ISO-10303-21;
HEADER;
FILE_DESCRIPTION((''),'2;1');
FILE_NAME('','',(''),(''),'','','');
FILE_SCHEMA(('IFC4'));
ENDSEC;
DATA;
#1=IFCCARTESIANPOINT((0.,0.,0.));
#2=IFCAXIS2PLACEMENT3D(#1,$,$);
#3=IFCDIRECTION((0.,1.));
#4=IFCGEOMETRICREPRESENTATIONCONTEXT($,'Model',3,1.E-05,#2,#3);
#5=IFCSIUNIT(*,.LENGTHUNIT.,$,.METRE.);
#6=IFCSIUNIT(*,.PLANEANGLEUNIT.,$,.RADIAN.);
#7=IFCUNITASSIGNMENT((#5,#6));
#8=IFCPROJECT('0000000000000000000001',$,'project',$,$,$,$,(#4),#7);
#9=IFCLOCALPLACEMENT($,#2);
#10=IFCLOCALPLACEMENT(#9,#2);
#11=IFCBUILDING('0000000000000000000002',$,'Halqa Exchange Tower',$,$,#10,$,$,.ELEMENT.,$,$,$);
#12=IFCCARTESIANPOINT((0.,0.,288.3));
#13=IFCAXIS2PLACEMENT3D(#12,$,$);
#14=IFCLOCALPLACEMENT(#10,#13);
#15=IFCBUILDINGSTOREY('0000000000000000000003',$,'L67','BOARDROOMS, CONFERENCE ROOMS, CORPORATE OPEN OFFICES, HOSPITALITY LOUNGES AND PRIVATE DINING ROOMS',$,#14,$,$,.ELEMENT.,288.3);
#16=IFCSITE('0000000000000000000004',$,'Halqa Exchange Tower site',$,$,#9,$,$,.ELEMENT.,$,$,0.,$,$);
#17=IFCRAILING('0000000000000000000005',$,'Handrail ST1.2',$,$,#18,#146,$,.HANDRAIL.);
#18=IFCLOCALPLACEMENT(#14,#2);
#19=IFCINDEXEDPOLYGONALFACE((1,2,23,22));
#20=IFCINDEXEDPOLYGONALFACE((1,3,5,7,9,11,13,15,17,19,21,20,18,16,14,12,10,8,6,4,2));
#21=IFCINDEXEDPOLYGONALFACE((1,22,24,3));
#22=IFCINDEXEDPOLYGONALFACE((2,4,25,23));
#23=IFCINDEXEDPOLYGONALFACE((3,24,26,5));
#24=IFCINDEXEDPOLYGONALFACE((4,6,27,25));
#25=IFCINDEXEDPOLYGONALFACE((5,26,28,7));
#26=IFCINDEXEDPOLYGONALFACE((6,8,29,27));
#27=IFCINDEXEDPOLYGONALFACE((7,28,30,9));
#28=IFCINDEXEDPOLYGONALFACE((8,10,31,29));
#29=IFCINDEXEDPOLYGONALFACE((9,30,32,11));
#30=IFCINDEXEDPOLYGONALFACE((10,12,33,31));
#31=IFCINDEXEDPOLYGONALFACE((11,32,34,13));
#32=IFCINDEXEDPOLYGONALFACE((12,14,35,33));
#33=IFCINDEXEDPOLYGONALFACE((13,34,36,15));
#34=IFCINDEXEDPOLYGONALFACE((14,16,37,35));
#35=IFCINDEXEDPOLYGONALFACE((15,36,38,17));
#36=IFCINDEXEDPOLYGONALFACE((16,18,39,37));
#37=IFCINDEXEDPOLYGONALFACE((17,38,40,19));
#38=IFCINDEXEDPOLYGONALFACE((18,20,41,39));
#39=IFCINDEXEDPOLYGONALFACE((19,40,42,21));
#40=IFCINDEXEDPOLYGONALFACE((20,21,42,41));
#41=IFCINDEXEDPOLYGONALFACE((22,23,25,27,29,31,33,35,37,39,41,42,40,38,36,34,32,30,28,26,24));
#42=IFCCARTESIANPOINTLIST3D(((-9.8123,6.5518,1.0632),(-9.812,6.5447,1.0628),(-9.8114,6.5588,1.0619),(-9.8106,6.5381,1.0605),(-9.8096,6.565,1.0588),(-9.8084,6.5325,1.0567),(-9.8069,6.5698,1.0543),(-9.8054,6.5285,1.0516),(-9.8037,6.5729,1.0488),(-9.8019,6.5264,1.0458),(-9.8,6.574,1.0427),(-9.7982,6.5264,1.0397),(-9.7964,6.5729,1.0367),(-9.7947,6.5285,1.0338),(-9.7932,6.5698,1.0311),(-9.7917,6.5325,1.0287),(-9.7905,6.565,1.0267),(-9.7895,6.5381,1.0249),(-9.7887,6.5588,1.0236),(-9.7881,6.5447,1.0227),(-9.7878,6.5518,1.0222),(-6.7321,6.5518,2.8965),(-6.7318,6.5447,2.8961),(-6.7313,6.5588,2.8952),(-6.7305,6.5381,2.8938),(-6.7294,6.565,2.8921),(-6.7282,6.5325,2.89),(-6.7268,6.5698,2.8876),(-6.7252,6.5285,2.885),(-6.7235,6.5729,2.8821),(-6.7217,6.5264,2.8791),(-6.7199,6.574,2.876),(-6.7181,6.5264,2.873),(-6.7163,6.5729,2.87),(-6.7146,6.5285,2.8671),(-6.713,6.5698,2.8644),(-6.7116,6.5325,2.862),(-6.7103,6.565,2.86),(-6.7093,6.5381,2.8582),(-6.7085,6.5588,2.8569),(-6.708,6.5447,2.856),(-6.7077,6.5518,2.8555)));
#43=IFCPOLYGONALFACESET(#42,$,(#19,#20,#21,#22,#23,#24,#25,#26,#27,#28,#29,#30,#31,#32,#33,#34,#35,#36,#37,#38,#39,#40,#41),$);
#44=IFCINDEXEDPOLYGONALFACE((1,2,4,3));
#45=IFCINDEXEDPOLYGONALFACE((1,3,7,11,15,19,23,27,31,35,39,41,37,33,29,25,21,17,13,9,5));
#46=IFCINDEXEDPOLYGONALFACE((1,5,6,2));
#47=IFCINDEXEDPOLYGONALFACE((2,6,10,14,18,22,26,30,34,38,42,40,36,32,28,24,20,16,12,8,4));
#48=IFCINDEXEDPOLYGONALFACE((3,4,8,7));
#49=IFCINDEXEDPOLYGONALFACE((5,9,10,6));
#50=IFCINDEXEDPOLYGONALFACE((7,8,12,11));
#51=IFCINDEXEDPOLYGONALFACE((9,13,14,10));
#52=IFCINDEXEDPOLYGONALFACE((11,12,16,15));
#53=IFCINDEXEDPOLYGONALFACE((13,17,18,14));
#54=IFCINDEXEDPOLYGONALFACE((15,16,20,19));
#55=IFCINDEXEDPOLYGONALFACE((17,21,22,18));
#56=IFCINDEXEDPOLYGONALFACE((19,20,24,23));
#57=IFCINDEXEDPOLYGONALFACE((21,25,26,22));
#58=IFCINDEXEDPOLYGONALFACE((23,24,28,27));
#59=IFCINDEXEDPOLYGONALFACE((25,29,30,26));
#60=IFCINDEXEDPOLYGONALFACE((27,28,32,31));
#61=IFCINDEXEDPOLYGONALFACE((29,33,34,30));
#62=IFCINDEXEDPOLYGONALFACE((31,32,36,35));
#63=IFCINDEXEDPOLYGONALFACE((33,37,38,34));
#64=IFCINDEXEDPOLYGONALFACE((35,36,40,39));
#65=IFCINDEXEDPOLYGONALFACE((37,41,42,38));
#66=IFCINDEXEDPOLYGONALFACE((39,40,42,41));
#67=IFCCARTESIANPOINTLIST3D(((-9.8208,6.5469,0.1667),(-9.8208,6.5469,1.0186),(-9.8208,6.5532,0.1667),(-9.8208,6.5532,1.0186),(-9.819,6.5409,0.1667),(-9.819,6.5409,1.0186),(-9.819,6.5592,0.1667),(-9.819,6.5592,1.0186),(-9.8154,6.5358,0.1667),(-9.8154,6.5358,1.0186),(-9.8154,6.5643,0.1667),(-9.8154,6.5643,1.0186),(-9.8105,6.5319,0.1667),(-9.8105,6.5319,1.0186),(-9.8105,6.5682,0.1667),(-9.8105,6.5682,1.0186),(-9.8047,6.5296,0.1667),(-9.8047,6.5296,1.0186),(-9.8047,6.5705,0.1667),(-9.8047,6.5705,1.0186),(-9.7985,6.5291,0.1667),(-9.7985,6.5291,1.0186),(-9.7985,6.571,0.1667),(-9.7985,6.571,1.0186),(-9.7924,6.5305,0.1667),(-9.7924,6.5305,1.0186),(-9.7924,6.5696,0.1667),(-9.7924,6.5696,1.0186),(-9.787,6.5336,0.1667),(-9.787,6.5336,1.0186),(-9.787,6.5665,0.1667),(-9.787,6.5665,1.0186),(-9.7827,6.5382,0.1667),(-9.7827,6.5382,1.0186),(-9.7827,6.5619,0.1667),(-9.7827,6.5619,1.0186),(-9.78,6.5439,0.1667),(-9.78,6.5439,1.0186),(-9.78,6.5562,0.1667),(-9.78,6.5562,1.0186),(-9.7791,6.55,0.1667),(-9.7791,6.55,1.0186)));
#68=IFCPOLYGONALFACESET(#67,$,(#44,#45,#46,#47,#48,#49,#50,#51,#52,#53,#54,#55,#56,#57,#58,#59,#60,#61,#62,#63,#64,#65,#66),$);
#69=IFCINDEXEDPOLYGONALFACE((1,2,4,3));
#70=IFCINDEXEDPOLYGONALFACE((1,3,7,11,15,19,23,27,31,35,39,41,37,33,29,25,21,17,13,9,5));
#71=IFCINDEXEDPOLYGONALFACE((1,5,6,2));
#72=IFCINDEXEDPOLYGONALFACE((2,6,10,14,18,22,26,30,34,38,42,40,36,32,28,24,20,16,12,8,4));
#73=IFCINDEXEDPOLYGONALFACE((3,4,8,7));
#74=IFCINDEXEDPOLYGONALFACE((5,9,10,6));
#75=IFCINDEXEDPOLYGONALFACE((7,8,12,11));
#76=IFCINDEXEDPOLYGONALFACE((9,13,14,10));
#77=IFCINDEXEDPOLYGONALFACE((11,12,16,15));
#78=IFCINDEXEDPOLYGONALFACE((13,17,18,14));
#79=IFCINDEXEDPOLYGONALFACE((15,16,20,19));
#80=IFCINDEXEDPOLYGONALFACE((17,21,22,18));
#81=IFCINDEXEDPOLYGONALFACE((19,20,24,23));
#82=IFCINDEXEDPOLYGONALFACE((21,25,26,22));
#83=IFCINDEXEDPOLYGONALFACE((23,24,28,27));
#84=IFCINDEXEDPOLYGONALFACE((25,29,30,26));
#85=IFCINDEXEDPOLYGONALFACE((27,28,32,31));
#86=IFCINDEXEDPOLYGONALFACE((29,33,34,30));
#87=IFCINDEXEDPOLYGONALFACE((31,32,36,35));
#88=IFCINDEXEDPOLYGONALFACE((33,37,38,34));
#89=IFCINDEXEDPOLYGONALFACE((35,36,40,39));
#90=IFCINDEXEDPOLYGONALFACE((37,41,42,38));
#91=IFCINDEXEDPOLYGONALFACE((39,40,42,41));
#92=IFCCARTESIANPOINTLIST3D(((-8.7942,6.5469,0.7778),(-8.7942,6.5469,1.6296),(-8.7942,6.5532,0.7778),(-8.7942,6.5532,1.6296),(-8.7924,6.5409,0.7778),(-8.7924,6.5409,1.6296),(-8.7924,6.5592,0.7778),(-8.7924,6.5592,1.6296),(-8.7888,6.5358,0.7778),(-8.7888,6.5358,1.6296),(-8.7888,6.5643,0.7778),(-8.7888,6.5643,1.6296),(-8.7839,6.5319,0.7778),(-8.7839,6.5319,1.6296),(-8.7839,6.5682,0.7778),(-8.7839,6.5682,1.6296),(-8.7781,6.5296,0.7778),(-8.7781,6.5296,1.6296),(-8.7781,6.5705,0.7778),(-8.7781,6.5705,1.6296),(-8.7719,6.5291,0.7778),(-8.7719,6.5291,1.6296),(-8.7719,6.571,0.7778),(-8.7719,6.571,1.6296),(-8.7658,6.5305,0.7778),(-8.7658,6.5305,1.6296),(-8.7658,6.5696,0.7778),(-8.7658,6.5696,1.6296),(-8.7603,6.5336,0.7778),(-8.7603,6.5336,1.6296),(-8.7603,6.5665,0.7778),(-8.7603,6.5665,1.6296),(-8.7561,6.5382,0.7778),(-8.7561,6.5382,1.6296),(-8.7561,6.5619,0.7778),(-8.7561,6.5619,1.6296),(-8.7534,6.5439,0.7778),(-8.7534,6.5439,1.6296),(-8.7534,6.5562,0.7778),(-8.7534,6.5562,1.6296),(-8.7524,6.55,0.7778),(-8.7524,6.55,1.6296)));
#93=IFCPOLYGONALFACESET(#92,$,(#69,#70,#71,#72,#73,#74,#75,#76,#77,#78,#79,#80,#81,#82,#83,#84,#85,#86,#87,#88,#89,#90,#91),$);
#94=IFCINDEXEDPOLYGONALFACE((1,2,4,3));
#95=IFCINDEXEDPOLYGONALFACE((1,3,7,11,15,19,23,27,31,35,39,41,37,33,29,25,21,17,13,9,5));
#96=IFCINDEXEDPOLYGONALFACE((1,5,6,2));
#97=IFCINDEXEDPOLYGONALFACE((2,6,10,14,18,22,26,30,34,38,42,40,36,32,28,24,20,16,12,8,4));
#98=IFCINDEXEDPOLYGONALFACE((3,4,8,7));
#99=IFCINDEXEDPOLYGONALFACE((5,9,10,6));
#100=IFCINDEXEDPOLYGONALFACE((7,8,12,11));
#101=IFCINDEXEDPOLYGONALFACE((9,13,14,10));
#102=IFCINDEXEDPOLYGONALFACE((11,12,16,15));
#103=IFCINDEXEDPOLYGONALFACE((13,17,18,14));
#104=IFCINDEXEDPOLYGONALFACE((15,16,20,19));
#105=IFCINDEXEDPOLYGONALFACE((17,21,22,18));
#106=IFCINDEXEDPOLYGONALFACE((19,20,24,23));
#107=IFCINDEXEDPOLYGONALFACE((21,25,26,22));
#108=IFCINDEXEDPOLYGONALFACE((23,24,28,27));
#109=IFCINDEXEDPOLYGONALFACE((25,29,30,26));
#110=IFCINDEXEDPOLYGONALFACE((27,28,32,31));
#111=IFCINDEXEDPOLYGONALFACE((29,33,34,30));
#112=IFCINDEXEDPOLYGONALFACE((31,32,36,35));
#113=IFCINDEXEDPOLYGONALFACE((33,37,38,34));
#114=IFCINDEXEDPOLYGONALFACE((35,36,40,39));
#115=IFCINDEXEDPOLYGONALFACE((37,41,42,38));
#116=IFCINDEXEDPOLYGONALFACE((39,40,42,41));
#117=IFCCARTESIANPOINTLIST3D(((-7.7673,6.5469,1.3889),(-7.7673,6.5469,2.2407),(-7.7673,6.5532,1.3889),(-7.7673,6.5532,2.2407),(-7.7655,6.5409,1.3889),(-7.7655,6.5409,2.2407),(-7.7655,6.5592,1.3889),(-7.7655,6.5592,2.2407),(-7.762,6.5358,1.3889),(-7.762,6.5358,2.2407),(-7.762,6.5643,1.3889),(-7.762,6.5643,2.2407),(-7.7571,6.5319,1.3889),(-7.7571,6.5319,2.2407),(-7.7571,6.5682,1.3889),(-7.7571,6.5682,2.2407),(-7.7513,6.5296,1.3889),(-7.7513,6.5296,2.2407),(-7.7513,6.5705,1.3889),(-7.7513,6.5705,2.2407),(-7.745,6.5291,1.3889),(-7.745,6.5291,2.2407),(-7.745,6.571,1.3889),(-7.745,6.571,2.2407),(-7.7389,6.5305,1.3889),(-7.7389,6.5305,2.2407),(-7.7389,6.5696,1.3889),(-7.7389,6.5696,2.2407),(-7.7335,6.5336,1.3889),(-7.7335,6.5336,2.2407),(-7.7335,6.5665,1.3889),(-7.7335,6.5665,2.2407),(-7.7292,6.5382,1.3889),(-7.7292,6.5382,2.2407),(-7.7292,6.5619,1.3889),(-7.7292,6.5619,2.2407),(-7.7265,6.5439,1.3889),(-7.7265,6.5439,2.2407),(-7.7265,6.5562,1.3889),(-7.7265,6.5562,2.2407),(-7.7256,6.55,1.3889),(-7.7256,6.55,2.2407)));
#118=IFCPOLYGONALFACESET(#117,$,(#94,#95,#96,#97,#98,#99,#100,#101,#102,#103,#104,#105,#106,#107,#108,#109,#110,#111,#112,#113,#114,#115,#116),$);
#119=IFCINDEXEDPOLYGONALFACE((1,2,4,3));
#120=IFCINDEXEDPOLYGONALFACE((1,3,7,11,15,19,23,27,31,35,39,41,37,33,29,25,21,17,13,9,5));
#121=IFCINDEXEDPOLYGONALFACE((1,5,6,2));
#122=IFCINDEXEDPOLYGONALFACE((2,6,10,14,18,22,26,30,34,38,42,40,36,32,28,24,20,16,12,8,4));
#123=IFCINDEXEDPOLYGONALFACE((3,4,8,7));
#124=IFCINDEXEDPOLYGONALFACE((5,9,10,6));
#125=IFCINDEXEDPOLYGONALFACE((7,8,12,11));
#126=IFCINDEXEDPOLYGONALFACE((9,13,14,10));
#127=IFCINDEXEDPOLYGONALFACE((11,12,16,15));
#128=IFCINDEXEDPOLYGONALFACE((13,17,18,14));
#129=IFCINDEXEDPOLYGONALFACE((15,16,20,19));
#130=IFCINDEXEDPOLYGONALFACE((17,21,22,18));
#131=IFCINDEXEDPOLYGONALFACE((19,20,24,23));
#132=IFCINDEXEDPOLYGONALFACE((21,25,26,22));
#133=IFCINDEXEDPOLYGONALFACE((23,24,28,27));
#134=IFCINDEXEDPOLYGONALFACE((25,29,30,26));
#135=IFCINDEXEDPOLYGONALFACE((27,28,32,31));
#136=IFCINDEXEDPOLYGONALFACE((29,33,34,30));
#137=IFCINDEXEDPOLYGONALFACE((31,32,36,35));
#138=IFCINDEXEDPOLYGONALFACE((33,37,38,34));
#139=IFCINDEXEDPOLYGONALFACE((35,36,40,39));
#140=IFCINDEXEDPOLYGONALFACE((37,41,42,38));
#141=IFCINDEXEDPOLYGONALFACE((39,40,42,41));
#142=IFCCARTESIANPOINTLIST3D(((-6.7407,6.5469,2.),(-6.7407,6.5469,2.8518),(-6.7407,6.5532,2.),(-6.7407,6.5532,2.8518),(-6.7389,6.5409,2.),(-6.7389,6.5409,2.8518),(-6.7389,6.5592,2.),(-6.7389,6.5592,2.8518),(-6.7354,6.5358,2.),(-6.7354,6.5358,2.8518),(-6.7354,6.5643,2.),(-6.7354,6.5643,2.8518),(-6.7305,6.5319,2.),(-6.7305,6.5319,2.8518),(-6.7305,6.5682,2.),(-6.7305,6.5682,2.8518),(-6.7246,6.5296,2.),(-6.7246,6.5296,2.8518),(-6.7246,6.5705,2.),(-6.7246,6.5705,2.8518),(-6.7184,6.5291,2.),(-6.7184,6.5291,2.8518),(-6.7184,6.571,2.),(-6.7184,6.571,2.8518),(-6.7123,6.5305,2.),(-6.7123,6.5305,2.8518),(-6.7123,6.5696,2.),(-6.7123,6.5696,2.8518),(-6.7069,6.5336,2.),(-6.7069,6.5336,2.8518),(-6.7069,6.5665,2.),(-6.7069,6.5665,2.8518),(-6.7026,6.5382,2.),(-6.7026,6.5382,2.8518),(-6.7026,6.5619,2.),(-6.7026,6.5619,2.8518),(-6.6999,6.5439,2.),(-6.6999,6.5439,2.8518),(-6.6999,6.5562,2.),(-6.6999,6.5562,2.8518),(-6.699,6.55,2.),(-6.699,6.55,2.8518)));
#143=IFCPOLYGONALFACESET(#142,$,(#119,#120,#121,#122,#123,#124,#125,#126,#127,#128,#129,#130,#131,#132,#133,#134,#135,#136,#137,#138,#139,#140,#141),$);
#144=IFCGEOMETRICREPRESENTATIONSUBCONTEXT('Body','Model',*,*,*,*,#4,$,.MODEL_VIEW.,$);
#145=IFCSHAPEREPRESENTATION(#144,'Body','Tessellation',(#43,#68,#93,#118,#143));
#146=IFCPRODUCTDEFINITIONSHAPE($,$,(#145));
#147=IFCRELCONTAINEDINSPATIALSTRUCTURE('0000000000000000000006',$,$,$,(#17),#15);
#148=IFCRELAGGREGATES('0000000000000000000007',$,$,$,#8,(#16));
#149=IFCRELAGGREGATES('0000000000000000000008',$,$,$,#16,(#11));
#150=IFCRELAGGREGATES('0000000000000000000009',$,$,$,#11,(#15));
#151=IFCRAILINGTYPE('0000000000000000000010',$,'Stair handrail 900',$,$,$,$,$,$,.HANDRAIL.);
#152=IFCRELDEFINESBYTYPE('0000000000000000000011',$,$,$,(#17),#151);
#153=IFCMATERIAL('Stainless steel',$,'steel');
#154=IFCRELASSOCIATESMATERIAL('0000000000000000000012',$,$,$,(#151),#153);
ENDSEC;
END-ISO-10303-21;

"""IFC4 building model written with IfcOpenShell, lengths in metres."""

from ifc_helpers import new_model, si_unit, direction, frame, origin, origin_2d, place, context, subcontext, project, spatial, circle, extrude, material, type_object, element, save


model = new_model("IFC4")

# Units and contexts
model_context = context("Model", 3, precision=1e-05, world=origin(), true_north=direction((0.0, 1.0)))
body_context = subcontext(model_context, "Body", "Model", "MODEL_VIEW")
ifc_project = project(units=[si_unit("LENGTHUNIT", "METRE"), si_unit("PLANEANGLEUNIT", "RADIAN")], contexts=[model_context])

# Site, building, storey
site_placement = place(None, origin())
site = spatial("IfcSite", under=ifc_project, at=site_placement, Name="Halqa Exchange Tower site", CompositionType="ELEMENT", RefElevation=0.0)
building_placement = place(site_placement, origin())
building = spatial("IfcBuilding", under=site, at=building_placement, Name="Halqa Exchange Tower", CompositionType="ELEMENT")
storey_placement = place(building_placement, frame((0.0, 0.0, 288.3)))
storey = spatial("IfcBuildingStorey", under=building, at=storey_placement, Name="L67", Description="BOARDROOMS, CONFERENCE ROOMS, CORPORATE OPEN OFFICES, HOSPITALITY LOUNGES AND PRIVATE DINING ROOMS", CompositionType="ELEMENT", Elevation=288.3)

# Shared definitions
ifc_material_1 = material(Name="Stainless steel", Category="steel")

# Railing
railing_type_1 = type_object("IfcRailingType", Name="Stair handrail 900", PredefinedType="HANDRAIL", material=ifc_material_1)
railing_1_placement = place(storey_placement, frame((-9.8, 6.55, 0.1667)))
element("IfcRailing", 1, at=railing_1_placement, inside=storey, type_object=railing_type_1, Name="Handrail ST1.2", PredefinedType="HANDRAIL", context=body_context, shape_type="SweptSolid", body=[
    extrude(circle(Radius=0.0239, at=origin_2d()), frame((0.0, 0.0, 0.876), z_axis=(0.859309, 0.0, 0.511458), x_axis=(0.0, 1.0, 0.0)), (0.0, 0.0, 1.0), 3.5845),
    extrude(circle(Radius=0.021, at=origin_2d()), origin(), (0.0, 0.0, 1.0), 0.8518),
    extrude(circle(Radius=0.021, at=origin_2d()), frame((1.0266, 0.0, 0.6111)), (0.0, 0.0, 1.0), 0.8518),
    extrude(circle(Radius=0.021, at=origin_2d()), frame((2.0535, 0.0, 1.2222)), (0.0, 0.0, 1.0), 0.8518),
    extrude(circle(Radius=0.021, at=origin_2d()), frame((3.0801, 0.0, 1.8333)), (0.0, 0.0, 1.0), 0.8518),
])

save(model, "model.ifc")
